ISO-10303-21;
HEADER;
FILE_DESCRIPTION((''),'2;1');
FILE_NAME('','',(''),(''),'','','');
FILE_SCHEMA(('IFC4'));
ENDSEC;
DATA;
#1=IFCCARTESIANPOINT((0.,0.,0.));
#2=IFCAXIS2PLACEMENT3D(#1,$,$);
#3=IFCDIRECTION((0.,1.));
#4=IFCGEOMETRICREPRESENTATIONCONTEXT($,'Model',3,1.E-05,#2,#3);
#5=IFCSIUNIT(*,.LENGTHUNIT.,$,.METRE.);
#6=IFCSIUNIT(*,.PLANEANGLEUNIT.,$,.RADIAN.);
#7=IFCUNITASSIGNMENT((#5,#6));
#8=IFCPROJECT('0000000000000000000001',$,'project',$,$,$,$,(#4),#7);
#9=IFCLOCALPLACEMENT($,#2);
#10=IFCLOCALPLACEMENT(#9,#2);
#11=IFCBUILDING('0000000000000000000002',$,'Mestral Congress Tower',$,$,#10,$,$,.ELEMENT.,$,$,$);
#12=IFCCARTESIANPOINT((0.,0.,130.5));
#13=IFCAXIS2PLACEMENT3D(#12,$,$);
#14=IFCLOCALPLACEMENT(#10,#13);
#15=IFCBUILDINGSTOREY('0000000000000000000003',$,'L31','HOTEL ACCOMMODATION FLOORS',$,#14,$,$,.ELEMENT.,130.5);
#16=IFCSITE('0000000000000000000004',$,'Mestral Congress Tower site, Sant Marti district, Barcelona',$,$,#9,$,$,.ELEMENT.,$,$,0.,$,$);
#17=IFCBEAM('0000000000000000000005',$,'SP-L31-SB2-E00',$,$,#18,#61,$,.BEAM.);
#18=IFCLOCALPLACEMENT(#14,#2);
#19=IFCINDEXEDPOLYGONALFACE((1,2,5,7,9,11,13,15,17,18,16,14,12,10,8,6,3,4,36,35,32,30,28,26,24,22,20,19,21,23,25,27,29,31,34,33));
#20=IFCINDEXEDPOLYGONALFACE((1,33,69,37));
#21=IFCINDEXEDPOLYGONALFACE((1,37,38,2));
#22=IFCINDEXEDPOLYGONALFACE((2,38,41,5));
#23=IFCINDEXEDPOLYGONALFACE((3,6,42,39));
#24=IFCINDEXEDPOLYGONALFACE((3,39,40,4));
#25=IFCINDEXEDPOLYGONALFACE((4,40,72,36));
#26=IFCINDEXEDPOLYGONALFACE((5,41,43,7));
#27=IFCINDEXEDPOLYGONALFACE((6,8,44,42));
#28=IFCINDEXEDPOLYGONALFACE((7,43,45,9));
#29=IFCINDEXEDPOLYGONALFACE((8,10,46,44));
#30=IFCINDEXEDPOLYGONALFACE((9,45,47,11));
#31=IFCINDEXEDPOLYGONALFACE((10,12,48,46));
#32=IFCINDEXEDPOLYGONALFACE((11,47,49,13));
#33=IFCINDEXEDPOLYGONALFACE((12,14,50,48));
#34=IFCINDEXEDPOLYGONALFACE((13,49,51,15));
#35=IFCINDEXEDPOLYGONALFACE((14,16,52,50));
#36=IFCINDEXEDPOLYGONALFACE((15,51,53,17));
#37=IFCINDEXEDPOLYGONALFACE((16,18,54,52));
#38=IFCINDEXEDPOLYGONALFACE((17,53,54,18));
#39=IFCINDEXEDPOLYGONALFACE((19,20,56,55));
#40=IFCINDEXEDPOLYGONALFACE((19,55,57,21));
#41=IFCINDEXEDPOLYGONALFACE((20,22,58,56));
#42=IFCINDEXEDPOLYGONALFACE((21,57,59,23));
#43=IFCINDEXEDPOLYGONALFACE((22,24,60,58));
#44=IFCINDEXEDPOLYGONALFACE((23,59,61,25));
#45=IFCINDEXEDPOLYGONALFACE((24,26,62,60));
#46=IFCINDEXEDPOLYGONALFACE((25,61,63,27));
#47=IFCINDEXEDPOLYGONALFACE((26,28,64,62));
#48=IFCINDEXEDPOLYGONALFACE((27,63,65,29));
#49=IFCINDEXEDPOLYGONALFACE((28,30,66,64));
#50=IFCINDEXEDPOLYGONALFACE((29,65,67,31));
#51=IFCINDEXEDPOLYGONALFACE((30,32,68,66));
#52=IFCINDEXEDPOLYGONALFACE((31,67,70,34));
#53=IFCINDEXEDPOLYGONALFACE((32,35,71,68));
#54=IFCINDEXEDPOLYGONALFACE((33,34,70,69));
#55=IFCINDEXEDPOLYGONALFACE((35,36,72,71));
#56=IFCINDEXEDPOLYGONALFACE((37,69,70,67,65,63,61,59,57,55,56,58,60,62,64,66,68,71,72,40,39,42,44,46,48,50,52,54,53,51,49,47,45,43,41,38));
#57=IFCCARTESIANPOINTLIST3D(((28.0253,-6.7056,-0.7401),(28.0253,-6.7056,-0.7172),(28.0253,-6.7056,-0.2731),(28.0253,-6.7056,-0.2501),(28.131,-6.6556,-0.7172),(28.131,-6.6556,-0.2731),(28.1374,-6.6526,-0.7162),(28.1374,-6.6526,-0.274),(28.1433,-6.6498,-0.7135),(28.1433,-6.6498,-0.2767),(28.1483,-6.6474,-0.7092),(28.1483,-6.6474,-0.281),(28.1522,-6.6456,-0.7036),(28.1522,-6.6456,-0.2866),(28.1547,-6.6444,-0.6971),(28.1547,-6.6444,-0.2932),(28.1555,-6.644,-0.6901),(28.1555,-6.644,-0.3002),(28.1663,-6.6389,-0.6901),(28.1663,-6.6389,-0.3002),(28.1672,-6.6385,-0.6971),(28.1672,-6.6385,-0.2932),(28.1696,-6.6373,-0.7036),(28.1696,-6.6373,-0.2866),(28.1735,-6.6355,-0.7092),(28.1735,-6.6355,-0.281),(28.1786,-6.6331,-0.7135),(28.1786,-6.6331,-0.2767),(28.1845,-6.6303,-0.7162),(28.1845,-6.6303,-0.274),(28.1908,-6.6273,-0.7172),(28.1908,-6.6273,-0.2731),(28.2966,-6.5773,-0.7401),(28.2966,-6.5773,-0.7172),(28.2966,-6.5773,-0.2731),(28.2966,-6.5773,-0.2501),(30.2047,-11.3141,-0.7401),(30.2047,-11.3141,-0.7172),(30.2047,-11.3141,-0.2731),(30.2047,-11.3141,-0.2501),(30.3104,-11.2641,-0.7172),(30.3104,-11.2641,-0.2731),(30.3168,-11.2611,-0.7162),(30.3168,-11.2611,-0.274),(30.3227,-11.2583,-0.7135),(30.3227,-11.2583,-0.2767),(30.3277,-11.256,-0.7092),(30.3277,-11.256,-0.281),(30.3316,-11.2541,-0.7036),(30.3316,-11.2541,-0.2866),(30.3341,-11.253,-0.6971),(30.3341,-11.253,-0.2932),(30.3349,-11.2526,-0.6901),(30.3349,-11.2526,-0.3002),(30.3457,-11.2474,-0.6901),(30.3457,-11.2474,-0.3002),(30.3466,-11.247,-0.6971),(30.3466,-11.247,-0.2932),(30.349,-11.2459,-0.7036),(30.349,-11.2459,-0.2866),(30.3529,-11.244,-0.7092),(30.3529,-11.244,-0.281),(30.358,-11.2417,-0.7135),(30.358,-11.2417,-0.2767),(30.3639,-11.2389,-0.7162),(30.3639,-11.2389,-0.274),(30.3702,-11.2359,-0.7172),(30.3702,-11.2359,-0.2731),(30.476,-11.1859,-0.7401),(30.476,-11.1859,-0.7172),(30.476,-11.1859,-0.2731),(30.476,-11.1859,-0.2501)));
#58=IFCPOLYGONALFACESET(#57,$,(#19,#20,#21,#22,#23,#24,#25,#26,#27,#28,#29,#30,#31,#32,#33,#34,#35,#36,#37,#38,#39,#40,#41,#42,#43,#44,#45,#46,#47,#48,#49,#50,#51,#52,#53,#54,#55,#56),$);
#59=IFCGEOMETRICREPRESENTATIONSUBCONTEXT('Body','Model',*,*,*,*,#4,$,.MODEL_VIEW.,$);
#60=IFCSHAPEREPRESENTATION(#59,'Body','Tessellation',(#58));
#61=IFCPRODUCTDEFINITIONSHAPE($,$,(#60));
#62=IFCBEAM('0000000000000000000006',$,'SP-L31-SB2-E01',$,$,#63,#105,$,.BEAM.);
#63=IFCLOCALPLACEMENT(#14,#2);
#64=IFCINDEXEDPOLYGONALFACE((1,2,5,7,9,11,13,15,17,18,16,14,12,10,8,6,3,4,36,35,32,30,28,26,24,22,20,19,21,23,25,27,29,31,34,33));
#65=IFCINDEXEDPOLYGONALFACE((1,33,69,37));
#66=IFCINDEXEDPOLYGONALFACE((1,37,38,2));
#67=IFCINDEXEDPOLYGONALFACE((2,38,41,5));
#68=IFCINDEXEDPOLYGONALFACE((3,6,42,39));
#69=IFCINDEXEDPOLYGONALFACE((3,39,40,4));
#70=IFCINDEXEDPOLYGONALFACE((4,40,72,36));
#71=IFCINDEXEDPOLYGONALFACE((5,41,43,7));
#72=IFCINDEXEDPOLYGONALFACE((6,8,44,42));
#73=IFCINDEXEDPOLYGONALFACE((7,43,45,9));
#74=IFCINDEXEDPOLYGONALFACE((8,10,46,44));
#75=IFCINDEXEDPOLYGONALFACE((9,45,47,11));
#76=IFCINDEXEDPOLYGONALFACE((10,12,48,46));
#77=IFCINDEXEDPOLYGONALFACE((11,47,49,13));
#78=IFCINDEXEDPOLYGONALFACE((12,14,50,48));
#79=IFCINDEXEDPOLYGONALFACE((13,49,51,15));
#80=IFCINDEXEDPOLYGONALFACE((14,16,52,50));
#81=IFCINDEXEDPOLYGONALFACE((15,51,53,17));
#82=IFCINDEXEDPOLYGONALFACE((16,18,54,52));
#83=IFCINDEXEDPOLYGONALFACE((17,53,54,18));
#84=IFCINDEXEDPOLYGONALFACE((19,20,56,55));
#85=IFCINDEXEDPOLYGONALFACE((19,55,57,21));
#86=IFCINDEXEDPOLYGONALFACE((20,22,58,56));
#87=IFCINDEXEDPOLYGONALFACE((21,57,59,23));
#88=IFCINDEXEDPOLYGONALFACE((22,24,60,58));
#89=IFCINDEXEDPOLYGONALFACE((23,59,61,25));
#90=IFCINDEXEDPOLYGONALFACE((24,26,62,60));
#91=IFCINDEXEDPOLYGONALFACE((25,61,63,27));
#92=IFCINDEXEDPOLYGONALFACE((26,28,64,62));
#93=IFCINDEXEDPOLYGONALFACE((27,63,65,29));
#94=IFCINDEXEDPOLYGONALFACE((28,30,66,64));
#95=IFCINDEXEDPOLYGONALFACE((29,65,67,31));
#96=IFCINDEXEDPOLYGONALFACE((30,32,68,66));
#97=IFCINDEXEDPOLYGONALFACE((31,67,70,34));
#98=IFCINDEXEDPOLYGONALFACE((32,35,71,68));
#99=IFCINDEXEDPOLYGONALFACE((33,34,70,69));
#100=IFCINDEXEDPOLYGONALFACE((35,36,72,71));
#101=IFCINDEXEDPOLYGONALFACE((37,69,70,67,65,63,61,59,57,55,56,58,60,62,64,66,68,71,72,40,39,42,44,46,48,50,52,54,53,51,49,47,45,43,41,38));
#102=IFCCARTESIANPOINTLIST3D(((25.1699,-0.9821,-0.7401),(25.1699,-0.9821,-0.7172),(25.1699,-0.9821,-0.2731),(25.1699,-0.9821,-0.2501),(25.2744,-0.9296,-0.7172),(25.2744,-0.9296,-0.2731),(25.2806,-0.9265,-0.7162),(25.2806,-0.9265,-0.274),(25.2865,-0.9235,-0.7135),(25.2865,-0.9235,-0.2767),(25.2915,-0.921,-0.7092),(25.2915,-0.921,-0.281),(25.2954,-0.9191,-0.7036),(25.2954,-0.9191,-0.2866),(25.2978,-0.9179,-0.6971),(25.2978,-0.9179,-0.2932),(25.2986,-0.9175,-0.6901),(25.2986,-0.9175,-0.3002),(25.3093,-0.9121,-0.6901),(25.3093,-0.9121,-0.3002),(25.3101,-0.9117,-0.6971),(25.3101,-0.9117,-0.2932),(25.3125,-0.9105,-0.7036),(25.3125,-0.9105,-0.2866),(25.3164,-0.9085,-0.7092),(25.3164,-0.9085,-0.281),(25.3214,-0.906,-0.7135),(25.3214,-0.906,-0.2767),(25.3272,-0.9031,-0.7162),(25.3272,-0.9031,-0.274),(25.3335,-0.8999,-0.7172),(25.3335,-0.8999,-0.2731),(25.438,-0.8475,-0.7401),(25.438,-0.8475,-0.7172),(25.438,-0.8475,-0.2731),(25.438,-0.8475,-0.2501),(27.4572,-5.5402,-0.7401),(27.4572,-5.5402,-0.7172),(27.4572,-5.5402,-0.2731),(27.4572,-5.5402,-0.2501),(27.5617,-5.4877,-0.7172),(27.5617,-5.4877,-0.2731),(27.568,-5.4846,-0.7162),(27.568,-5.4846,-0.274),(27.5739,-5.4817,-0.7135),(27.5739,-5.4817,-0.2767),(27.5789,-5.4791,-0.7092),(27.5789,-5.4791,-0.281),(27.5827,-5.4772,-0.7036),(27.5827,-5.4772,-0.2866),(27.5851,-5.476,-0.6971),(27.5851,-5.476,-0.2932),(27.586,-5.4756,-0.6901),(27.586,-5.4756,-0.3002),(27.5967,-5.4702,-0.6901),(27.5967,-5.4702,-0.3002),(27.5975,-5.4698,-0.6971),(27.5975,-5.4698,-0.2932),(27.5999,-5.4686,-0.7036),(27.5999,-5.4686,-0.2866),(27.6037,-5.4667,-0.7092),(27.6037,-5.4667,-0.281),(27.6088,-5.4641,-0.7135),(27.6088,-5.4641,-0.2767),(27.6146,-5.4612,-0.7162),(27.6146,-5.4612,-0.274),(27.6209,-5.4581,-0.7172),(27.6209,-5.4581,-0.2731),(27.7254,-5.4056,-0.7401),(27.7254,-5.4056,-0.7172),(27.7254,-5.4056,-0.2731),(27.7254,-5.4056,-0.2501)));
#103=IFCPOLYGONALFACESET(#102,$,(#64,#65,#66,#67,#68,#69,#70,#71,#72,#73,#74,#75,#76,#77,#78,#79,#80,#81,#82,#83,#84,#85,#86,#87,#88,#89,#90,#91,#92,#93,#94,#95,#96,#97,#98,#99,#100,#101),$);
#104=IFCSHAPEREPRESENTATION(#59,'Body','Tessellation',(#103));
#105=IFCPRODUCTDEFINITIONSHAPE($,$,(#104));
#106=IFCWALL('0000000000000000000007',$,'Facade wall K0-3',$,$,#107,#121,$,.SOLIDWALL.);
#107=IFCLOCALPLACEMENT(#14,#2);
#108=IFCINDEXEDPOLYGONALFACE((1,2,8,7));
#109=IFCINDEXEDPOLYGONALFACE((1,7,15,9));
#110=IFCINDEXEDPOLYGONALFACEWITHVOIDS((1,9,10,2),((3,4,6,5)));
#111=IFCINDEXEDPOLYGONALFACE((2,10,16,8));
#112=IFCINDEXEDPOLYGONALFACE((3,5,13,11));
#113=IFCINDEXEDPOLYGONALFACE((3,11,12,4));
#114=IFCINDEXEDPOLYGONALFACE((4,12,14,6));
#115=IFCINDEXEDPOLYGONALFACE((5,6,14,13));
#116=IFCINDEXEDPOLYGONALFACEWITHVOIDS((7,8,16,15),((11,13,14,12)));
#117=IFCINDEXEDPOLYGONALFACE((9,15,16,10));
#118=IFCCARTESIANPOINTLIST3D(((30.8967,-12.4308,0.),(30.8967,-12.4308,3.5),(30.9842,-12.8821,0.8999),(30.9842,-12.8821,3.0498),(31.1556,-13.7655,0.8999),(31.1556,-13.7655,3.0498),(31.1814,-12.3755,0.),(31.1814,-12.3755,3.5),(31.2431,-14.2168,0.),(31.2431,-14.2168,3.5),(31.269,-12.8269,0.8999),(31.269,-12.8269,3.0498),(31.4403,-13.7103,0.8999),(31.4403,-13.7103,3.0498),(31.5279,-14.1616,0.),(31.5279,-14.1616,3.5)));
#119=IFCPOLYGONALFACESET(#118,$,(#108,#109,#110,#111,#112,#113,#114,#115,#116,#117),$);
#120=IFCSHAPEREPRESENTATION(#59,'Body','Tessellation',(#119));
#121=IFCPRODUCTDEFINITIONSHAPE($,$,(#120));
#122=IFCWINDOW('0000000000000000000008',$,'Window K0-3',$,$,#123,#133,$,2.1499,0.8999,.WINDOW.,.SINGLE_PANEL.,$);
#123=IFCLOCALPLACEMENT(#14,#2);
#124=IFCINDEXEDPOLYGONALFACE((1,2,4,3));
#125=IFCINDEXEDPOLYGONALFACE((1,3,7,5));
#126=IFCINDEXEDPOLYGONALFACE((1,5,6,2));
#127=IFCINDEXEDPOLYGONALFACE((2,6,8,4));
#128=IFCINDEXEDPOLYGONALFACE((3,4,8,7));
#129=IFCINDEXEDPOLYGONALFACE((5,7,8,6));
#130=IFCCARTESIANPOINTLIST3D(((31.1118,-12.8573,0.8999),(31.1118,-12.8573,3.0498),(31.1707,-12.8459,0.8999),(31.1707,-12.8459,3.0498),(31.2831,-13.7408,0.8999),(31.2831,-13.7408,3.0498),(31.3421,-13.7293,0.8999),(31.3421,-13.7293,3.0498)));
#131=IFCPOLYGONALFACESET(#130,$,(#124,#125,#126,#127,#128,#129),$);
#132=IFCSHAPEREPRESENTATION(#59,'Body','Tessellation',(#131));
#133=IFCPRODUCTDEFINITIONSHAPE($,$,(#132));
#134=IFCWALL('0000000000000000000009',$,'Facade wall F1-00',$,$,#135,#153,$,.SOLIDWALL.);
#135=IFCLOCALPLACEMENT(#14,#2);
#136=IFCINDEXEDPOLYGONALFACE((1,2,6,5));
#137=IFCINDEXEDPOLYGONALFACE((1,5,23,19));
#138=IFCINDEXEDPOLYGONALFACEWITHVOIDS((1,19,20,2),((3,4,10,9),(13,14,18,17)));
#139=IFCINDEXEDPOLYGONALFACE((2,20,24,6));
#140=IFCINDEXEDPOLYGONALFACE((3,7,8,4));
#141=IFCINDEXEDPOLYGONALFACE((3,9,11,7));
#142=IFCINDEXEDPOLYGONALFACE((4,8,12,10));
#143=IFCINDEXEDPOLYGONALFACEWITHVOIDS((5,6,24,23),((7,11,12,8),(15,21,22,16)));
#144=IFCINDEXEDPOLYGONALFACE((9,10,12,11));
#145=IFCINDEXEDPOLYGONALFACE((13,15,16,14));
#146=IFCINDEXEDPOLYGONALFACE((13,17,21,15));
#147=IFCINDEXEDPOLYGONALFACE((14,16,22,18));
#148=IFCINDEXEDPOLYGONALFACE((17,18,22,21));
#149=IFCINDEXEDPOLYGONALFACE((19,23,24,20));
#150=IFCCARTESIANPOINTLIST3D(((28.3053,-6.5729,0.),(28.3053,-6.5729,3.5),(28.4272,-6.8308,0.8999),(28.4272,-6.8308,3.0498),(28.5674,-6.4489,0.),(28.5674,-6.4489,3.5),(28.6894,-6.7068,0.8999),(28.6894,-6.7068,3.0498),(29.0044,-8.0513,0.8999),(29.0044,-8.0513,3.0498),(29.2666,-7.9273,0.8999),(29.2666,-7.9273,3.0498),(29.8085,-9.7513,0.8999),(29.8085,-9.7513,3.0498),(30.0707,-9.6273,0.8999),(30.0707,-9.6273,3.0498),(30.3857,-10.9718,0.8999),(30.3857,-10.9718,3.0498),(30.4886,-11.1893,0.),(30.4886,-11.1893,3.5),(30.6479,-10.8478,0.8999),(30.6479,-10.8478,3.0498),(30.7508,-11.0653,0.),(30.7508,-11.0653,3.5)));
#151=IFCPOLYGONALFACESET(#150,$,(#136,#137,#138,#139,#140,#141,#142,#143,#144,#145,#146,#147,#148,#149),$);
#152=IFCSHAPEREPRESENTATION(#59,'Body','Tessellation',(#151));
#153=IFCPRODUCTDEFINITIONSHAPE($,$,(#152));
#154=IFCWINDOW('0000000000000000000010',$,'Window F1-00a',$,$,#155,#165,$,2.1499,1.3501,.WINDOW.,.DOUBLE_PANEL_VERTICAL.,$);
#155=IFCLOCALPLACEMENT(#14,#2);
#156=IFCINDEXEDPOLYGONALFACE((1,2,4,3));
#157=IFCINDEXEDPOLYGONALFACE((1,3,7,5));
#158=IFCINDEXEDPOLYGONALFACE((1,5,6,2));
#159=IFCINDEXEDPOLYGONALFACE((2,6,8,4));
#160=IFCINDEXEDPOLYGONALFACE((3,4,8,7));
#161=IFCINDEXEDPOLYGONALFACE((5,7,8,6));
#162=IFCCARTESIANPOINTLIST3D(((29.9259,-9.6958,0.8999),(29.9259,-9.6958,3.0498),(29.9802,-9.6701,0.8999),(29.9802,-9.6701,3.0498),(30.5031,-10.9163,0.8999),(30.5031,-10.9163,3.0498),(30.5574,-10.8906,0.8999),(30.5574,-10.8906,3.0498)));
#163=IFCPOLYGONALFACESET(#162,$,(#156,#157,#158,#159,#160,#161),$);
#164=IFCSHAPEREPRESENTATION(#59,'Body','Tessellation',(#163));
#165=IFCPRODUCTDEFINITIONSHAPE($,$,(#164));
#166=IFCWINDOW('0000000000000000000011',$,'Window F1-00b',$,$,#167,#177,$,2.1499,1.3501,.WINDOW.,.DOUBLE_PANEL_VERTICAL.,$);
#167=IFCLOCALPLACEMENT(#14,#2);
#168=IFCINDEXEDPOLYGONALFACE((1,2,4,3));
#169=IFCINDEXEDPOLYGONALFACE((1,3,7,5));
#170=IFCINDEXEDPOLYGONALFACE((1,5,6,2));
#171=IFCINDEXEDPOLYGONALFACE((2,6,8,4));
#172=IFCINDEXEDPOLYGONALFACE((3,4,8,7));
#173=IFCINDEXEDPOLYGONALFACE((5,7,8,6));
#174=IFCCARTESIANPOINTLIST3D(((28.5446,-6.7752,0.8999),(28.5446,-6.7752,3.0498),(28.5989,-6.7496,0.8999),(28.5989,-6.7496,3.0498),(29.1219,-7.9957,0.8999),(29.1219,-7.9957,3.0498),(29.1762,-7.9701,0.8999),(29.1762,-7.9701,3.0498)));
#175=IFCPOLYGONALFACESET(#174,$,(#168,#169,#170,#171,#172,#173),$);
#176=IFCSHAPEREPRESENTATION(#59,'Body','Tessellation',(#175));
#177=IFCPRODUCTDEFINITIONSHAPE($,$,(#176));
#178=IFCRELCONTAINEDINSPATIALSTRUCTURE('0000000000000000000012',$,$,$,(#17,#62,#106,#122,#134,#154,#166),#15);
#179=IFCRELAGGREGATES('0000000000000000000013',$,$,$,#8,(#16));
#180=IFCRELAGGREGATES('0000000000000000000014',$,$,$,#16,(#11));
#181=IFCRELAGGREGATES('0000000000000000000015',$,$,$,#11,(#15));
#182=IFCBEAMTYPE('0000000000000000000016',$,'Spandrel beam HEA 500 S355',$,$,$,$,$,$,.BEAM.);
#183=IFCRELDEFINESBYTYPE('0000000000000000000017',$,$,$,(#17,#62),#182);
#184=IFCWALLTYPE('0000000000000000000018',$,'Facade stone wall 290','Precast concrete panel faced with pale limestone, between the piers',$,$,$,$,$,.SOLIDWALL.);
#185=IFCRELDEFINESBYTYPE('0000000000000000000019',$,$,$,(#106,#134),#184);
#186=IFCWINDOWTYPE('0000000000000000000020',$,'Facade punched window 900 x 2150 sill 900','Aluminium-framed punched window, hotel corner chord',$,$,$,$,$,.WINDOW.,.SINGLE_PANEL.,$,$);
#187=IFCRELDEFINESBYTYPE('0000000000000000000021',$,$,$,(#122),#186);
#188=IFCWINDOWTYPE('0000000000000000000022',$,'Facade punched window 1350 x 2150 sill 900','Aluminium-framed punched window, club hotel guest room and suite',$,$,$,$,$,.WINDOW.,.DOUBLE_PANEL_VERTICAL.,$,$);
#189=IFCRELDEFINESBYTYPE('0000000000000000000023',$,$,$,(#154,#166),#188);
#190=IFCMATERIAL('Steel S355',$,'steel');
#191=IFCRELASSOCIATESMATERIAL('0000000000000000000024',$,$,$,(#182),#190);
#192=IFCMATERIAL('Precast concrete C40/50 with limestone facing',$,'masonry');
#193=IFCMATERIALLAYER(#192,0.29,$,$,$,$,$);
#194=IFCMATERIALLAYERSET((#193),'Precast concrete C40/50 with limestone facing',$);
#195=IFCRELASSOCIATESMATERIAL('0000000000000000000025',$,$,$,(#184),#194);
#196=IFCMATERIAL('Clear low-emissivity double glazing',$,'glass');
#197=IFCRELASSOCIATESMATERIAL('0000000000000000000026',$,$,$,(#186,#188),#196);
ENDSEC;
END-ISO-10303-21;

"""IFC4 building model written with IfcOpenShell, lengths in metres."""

from ifc_helpers import new_model, si_unit, direction, frame, frame_2d, origin, origin_2d, place, context, subcontext, project, spatial, rectangle, i_section, extrude, material, layer, layer_set, material_profile, profile_set, type_object, element, fill, save


model = new_model("IFC4")

# Units and contexts
model_context = context("Model", 3, precision=1e-05, world=origin(), true_north=direction((0.0, 1.0)))
body_context = subcontext(model_context, "Body", "Model", "MODEL_VIEW")
ifc_project = project(units=[si_unit("LENGTHUNIT", "METRE"), si_unit("PLANEANGLEUNIT", "RADIAN")], contexts=[model_context])

# Site, building, storey
site_placement = place(None, origin())
site = spatial("IfcSite", under=ifc_project, at=site_placement, Name="Mestral Congress Tower site, Sant Marti district, Barcelona", CompositionType="ELEMENT", RefElevation=0.0)
building_placement = place(site_placement, origin())
building = spatial("IfcBuilding", under=site, at=building_placement, Name="Mestral Congress Tower", CompositionType="ELEMENT")
storey_placement = place(building_placement, frame((0.0, 0.0, 130.5)))
storey = spatial("IfcBuildingStorey", under=building, at=storey_placement, Name="L31", Description="HOTEL ACCOMMODATION FLOORS", CompositionType="ELEMENT", Elevation=130.5)

# Beams
ifc_material_1 = material(Name="Steel S355", Category="steel")
ifc_material_profile_1 = material_profile(ifc_material_1, i_section(OverallWidth=0.3, OverallDepth=0.49, WebThickness=0.012, FlangeThickness=0.0229, FilletRadius=0.0271, at=origin_2d()), Name="HEA 500")
ifc_profile_set_1 = profile_set([ifc_material_profile_1], Name="Steel S355")
beam_type_1 = type_object("IfcBeamType", Name="Spandrel beam HEA 500 S355", PredefinedType="BEAM", material=ifc_profile_set_1)
beam_1_placement = place(storey_placement, frame((30.3403, -11.25, -0.4951), z_axis=(-0.42751, 0.904011, 0.0), x_axis=(-0.904011, -0.42751, 0.0)))
element("IfcBeam", 1, at=beam_1_placement, inside=storey, type_object=beam_type_1, Name="SP-L31-SB2-E00", PredefinedType="BEAM", context=body_context, shape_type="SweptSolid", body=[
    extrude(i_section(OverallWidth=0.3, OverallDepth=0.49, WebThickness=0.012, FlangeThickness=0.0229, FilletRadius=0.0271, at=origin_2d()), origin(), (0.0, 0.0, 1.0), 5.0979),
])
beam_2_placement = place(storey_placement, frame((27.5913, -5.4729, -0.4951), z_axis=(-0.448515, 0.893775, 0.0), x_axis=(-0.893775, -0.448515, 0.0)))
element("IfcBeam", 2, at=beam_2_placement, inside=storey, type_object=beam_type_1, Name="SP-L31-SB2-E01", PredefinedType="BEAM", context=body_context, shape_type="SweptSolid", body=[
    extrude(i_section(OverallWidth=0.3, OverallDepth=0.49, WebThickness=0.012, FlangeThickness=0.0229, FilletRadius=0.0271, at=origin_2d()), origin(), (0.0, 0.0, 1.0), 5.0999),
])

# Wall, opening, window
ifc_material_2 = material(Name="Precast concrete C40/50 with limestone facing", Category="masonry")
ifc_layer_1 = layer(ifc_material_2, 0.29)
ifc_layer_set_1 = layer_set([ifc_layer_1], Name="Precast concrete C40/50 with limestone facing")
wall_type_1 = type_object("IfcWallType", Name="Facade stone wall 290", Description="Precast concrete panel faced with pale limestone, between the piers", PredefinedType="SOLIDWALL", material=ifc_layer_set_1)
wall_1_placement = place(storey_placement, frame((31.3855, -14.1892, 0.0), z_axis=(0.0, 0.0, 1.0), x_axis=(-0.19041, 0.981705, 0.0)))
wall_1 = element("IfcWall", 3, at=wall_1_placement, inside=storey, type_object=wall_type_1, Name="Facade wall K0-3", PredefinedType="SOLIDWALL", context=body_context, shape_type="SweptSolid", body=[
    extrude(rectangle(XDim=1.8193, YDim=0.29, at=frame_2d((0.9097, 0.0))), origin(), (0.0, 0.0, 1.0), 3.5),
])
opening_1_placement = place(wall_1_placement, frame((0.4597, 0.0, 0.8999)))
opening_1 = element("IfcOpeningElement", 4, at=opening_1_placement, cuts=wall_1, PredefinedType="OPENING", context=body_context, shape_type="SweptSolid", body=[
    extrude(rectangle(XDim=0.8999, YDim=2.1499, at=frame_2d((0.45, 1.075))), frame((0.0, 0.155, 0.0), z_axis=(0.0, -1.0, 0.0), x_axis=(1.0, 0.0, 0.0)), (0.0, 0.0, 1.0), 0.3101),
])
ifc_material_3 = material(Name="Clear low-emissivity double glazing", Category="glass")
window_type_1 = type_object("IfcWindowType", Name="Facade punched window 900 x 2150 sill 900", Description="Aluminium-framed punched window, hotel corner chord", PartitioningType="SINGLE_PANEL", PredefinedType="WINDOW", material=ifc_material_3)
window_1_placement = place(opening_1_placement, origin())
window_1 = element("IfcWindow", 5, at=window_1_placement, inside=storey, type_object=window_type_1, Name="Window K0-3", OverallHeight=2.1499, OverallWidth=0.8999, PartitioningType="SINGLE_PANEL", PredefinedType="WINDOW", context=body_context, shape_type="SweptSolid", body=[
    extrude(rectangle(XDim=0.8999, YDim=2.1499, at=frame_2d((0.45, 1.075))), frame((0.0, 0.0151, 0.0), z_axis=(0.0, -1.0, 0.0), x_axis=(1.0, 0.0, 0.0)), (0.0, 0.0, 1.0), 0.0601),
])
fill(opening_1, window_1)

# Wall, openings, windows
wall_2_placement = place(storey_placement, frame((30.6196, -11.1272, 0.0), z_axis=(0.0, 0.0, 1.0), x_axis=(-0.427544, 0.903995, 0.0)))
wall_2 = element("IfcWall", 6, at=wall_2_placement, inside=storey, type_object=wall_type_1, Name="Facade wall F1-00", PredefinedType="SOLIDWALL", context=body_context, shape_type="SweptSolid", body=[
    extrude(rectangle(XDim=5.1067, YDim=0.29, at=frame_2d((2.5532, 0.0))), origin(), (0.0, 0.0, 1.0), 3.5),
])
opening_2_placement = place(wall_2_placement, frame((0.2405, 0.0, 0.8999)))
opening_2 = element("IfcOpeningElement", 7, at=opening_2_placement, cuts=wall_2, PredefinedType="OPENING", context=body_context, shape_type="SweptSolid", body=[
    extrude(rectangle(XDim=1.3501, YDim=2.1499, at=frame_2d((0.675, 1.075))), frame((0.0, 0.155, 0.0), z_axis=(0.0, -1.0, 0.0), x_axis=(1.0, 0.0, 0.0)), (0.0, 0.0, 1.0), 0.3101),
])
opening_3_placement = place(wall_2_placement, frame((3.4712, 0.0, 0.8999)))
opening_3 = element("IfcOpeningElement", 8, at=opening_3_placement, cuts=wall_2, PredefinedType="OPENING", context=body_context, shape_type="SweptSolid", body=[
    extrude(rectangle(XDim=1.3501, YDim=2.1499, at=frame_2d((0.675, 1.075))), frame((0.0, 0.155, 0.0), z_axis=(0.0, -1.0, 0.0), x_axis=(1.0, 0.0, 0.0)), (0.0, 0.0, 1.0), 0.3101),
])
window_type_2 = type_object("IfcWindowType", Name="Facade punched window 1350 x 2150 sill 900", Description="Aluminium-framed punched window, club hotel guest room and suite", PartitioningType="DOUBLE_PANEL_VERTICAL", PredefinedType="WINDOW", material=ifc_material_3)
window_2_placement = place(opening_2_placement, origin())
window_2 = element("IfcWindow", 9, at=window_2_placement, inside=storey, type_object=window_type_2, Name="Window F1-00a", OverallHeight=2.1499, OverallWidth=1.3501, PartitioningType="DOUBLE_PANEL_VERTICAL", PredefinedType="WINDOW", context=body_context, shape_type="SweptSolid", body=[
    extrude(rectangle(XDim=1.3501, YDim=2.1499, at=frame_2d((0.675, 1.075))), frame((0.0, 0.0151, 0.0), z_axis=(0.0, -1.0, 0.0), x_axis=(1.0, 0.0, 0.0)), (0.0, 0.0, 1.0), 0.0601),
])
fill(opening_2, window_2)
window_3_placement = place(opening_3_placement, origin())
window_3 = element("IfcWindow", 10, at=window_3_placement, inside=storey, type_object=window_type_2, Name="Window F1-00b", OverallHeight=2.1499, OverallWidth=1.3501, PartitioningType="DOUBLE_PANEL_VERTICAL", PredefinedType="WINDOW", context=body_context, shape_type="SweptSolid", body=[
    extrude(rectangle(XDim=1.3501, YDim=2.1499, at=frame_2d((0.675, 1.075))), frame((0.0, 0.0151, 0.0), z_axis=(0.0, -1.0, 0.0), x_axis=(1.0, 0.0, 0.0)), (0.0, 0.0, 1.0), 0.0601),
])
fill(opening_3, window_3)

save(model, "model.ifc")
